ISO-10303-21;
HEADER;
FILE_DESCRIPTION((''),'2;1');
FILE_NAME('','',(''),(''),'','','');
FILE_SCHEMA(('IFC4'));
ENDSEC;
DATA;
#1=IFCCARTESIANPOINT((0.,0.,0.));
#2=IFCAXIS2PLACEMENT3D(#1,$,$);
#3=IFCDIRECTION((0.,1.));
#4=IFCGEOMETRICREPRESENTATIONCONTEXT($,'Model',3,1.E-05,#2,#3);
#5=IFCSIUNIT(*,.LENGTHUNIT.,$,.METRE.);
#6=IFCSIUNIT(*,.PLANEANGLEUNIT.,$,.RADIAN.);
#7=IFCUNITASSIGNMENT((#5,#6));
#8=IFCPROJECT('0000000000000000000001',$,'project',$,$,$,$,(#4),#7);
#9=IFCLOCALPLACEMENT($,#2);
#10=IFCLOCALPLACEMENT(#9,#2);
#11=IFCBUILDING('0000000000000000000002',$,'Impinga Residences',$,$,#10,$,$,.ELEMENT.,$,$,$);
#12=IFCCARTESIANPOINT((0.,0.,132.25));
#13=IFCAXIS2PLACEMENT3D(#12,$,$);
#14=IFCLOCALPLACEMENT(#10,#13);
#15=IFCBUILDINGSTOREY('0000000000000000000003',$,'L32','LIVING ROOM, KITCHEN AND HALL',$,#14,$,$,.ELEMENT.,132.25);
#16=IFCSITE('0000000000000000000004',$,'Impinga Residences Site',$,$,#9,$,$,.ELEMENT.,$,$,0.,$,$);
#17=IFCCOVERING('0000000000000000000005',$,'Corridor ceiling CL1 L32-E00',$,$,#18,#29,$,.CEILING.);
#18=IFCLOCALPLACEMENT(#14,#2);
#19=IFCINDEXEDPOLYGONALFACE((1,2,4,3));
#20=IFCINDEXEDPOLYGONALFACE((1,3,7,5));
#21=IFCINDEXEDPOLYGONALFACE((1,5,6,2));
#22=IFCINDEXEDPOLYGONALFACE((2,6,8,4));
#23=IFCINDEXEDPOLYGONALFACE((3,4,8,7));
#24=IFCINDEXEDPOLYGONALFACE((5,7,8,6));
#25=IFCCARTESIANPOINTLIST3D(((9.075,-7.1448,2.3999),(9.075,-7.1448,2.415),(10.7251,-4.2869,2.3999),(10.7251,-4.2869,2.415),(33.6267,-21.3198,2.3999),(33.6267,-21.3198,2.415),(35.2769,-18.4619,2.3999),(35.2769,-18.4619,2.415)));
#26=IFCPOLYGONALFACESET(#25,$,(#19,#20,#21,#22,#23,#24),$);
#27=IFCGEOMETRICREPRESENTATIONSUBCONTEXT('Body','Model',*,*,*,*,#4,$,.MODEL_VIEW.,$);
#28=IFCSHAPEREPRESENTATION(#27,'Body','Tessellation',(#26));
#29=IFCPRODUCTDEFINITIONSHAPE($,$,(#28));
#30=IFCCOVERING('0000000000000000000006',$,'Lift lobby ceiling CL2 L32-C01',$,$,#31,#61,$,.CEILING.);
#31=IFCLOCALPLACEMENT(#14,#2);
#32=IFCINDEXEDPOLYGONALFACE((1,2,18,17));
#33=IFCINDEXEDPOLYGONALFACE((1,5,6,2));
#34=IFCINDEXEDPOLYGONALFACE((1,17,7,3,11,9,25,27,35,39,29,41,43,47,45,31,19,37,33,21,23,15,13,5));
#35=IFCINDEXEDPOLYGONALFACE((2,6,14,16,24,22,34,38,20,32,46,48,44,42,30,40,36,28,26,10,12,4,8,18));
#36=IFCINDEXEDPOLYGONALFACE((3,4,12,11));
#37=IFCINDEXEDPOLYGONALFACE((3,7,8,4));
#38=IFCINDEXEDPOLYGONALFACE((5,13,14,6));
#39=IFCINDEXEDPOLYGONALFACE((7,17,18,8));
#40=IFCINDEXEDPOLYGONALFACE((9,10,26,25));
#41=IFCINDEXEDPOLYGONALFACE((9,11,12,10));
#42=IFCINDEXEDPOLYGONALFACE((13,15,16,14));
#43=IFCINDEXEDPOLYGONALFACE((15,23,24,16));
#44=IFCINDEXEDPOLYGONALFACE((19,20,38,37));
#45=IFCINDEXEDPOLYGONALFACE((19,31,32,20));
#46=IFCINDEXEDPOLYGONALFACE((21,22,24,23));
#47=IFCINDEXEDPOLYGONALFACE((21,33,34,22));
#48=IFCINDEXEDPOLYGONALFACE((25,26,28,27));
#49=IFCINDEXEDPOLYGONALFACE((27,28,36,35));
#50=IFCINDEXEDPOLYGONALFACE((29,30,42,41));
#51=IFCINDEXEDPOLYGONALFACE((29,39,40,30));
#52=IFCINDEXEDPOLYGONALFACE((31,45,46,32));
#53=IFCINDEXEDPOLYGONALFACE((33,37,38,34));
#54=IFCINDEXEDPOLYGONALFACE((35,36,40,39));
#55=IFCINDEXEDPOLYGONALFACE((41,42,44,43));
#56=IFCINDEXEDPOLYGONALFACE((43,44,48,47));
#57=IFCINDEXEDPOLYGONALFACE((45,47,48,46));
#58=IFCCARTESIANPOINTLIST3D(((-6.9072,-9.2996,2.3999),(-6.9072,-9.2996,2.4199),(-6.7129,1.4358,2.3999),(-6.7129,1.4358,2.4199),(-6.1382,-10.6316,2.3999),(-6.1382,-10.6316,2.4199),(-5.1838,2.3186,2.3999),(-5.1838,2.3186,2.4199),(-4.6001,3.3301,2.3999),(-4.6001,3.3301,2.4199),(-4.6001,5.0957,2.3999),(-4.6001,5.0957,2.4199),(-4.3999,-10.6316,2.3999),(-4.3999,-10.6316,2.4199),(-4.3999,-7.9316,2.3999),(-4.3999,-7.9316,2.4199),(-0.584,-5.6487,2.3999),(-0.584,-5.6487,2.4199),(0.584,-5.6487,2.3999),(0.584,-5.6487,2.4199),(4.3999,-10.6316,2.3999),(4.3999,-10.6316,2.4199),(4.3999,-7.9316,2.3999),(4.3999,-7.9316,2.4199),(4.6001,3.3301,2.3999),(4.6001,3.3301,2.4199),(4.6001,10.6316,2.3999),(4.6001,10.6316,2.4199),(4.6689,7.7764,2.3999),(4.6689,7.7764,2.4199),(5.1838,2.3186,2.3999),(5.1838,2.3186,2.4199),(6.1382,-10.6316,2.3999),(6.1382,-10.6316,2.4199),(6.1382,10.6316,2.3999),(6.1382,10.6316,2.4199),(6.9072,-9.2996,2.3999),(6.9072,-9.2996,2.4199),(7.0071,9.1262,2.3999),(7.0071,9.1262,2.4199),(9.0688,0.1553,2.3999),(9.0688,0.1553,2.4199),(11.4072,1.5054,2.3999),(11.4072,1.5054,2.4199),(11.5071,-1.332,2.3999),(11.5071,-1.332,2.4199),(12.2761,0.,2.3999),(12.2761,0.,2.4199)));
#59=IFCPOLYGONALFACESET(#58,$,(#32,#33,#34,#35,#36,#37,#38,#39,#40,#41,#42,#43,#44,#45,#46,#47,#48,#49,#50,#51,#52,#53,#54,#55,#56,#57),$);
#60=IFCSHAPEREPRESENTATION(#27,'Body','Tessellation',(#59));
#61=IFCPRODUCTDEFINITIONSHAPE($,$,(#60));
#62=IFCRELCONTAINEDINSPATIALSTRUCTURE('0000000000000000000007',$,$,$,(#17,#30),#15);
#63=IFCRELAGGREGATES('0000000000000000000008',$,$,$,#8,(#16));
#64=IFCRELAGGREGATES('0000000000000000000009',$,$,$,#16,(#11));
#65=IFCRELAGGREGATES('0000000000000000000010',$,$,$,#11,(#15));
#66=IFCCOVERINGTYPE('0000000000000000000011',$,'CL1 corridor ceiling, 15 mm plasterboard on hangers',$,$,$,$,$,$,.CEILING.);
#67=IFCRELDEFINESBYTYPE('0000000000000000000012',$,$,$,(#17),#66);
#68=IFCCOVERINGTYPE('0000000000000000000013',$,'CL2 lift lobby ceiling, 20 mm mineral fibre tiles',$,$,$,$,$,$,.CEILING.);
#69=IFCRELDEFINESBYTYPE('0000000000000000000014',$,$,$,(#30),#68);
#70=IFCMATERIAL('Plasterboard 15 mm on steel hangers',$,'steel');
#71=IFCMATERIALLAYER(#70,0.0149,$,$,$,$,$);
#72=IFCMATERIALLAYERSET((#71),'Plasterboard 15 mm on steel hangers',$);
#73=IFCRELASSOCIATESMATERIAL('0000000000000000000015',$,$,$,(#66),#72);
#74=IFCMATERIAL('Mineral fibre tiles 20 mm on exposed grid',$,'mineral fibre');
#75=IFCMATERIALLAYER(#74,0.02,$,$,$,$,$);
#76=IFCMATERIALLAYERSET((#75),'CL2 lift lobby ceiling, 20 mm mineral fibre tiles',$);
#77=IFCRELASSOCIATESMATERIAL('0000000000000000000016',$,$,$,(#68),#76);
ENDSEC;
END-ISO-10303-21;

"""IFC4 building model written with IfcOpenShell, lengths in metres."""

from ifc_helpers import new_model, si_unit, direction, frame, origin, place, context, subcontext, project, spatial, polyline, outline, extrude, material, layer, layer_set, type_object, element, save


model = new_model("IFC4")

# Units and contexts
model_context = context("Model", 3, precision=1e-05, world=origin(), true_north=direction((0.0, 1.0)))
body_context = subcontext(model_context, "Body", "Model", "MODEL_VIEW")
ifc_project = project(units=[si_unit("LENGTHUNIT", "METRE"), si_unit("PLANEANGLEUNIT", "RADIAN")], contexts=[model_context])

# Site, building, storey
site_placement = place(None, origin())
site = spatial("IfcSite", under=ifc_project, at=site_placement, Name="Impinga Residences Site", CompositionType="ELEMENT", RefElevation=0.0)
building_placement = place(site_placement, origin())
building = spatial("IfcBuilding", under=site, at=building_placement, Name="Impinga Residences", CompositionType="ELEMENT")
storey_placement = place(building_placement, frame((0.0, 0.0, 132.25)))
storey = spatial("IfcBuildingStorey", under=building, at=storey_placement, Name="L32", Description="LIVING ROOM, KITCHEN AND HALL", CompositionType="ELEMENT", Elevation=132.25)

# Coverings
ifc_material_1 = material(Name="Plasterboard 15 mm on steel hangers", Category="steel")
ifc_layer_1 = layer(ifc_material_1, 0.0149)
ifc_layer_set_1 = layer_set([ifc_layer_1], Name="Plasterboard 15 mm on steel hangers")
covering_type_1 = type_object("IfcCoveringType", Name="CL1 corridor ceiling, 15 mm plasterboard on hangers", PredefinedType="CEILING", material=ifc_layer_set_1)
covering_1_placement = place(storey_placement, frame((0.0, 0.0, 2.3999)))
element("IfcCovering", 1, at=covering_1_placement, inside=storey, type_object=covering_type_1, Name="Corridor ceiling CL1 L32-E00", PredefinedType="CEILING", context=body_context, shape_type="SweptSolid", body=[
    extrude(outline(polyline([(10.7251, -4.2869), (9.075, -7.1448), (33.6267, -21.3198), (35.2769, -18.4619), (10.7251, -4.2869)])), origin(), (0.0, 0.0, 1.0), 0.0151),
])
ifc_material_2 = material(Name="Mineral fibre tiles 20 mm on exposed grid", Category="mineral fibre")
ifc_layer_2 = layer(ifc_material_2, 0.02)
ifc_layer_set_2 = layer_set([ifc_layer_2], Name="CL2 lift lobby ceiling, 20 mm mineral fibre tiles")
covering_type_2 = type_object("IfcCoveringType", Name="CL2 lift lobby ceiling, 20 mm mineral fibre tiles", PredefinedType="CEILING", material=ifc_layer_set_2)
covering_2_placement = place(storey_placement, frame((0.0, 0.0, 2.3999)))
element("IfcCovering", 2, at=covering_2_placement, inside=storey, type_object=covering_type_2, Name="Lift lobby ceiling CL2 L32-C01", PredefinedType="CEILING", context=body_context, shape_type="SweptSolid", body=[
    extrude(outline(polyline([(5.1838, 2.3186), (0.584, -5.6487), (6.9072, -9.2996), (6.1382, -10.6316), (4.3999, -10.6316), (4.3999, -7.9316), (-4.3999, -7.9316), (-4.3999, -10.6316), (-6.1382, -10.6316), (-6.9072, -9.2996), (-0.584, -5.6487), (-5.1838, 2.3186), (-6.7129, 1.4358), (-4.6001, 5.0957), (-4.6001, 3.3301), (4.6001, 3.3301), (4.6001, 10.6316), (6.1382, 10.6316), (7.0071, 9.1262), (4.6689, 7.7764), (9.0688, 0.1553), (11.4072, 1.5054), (12.2761, 0.0), (11.5071, -1.332), (5.1838, 2.3186)])), origin(), (0.0, 0.0, 1.0), 0.02),
])

save(model, "model.ifc")
